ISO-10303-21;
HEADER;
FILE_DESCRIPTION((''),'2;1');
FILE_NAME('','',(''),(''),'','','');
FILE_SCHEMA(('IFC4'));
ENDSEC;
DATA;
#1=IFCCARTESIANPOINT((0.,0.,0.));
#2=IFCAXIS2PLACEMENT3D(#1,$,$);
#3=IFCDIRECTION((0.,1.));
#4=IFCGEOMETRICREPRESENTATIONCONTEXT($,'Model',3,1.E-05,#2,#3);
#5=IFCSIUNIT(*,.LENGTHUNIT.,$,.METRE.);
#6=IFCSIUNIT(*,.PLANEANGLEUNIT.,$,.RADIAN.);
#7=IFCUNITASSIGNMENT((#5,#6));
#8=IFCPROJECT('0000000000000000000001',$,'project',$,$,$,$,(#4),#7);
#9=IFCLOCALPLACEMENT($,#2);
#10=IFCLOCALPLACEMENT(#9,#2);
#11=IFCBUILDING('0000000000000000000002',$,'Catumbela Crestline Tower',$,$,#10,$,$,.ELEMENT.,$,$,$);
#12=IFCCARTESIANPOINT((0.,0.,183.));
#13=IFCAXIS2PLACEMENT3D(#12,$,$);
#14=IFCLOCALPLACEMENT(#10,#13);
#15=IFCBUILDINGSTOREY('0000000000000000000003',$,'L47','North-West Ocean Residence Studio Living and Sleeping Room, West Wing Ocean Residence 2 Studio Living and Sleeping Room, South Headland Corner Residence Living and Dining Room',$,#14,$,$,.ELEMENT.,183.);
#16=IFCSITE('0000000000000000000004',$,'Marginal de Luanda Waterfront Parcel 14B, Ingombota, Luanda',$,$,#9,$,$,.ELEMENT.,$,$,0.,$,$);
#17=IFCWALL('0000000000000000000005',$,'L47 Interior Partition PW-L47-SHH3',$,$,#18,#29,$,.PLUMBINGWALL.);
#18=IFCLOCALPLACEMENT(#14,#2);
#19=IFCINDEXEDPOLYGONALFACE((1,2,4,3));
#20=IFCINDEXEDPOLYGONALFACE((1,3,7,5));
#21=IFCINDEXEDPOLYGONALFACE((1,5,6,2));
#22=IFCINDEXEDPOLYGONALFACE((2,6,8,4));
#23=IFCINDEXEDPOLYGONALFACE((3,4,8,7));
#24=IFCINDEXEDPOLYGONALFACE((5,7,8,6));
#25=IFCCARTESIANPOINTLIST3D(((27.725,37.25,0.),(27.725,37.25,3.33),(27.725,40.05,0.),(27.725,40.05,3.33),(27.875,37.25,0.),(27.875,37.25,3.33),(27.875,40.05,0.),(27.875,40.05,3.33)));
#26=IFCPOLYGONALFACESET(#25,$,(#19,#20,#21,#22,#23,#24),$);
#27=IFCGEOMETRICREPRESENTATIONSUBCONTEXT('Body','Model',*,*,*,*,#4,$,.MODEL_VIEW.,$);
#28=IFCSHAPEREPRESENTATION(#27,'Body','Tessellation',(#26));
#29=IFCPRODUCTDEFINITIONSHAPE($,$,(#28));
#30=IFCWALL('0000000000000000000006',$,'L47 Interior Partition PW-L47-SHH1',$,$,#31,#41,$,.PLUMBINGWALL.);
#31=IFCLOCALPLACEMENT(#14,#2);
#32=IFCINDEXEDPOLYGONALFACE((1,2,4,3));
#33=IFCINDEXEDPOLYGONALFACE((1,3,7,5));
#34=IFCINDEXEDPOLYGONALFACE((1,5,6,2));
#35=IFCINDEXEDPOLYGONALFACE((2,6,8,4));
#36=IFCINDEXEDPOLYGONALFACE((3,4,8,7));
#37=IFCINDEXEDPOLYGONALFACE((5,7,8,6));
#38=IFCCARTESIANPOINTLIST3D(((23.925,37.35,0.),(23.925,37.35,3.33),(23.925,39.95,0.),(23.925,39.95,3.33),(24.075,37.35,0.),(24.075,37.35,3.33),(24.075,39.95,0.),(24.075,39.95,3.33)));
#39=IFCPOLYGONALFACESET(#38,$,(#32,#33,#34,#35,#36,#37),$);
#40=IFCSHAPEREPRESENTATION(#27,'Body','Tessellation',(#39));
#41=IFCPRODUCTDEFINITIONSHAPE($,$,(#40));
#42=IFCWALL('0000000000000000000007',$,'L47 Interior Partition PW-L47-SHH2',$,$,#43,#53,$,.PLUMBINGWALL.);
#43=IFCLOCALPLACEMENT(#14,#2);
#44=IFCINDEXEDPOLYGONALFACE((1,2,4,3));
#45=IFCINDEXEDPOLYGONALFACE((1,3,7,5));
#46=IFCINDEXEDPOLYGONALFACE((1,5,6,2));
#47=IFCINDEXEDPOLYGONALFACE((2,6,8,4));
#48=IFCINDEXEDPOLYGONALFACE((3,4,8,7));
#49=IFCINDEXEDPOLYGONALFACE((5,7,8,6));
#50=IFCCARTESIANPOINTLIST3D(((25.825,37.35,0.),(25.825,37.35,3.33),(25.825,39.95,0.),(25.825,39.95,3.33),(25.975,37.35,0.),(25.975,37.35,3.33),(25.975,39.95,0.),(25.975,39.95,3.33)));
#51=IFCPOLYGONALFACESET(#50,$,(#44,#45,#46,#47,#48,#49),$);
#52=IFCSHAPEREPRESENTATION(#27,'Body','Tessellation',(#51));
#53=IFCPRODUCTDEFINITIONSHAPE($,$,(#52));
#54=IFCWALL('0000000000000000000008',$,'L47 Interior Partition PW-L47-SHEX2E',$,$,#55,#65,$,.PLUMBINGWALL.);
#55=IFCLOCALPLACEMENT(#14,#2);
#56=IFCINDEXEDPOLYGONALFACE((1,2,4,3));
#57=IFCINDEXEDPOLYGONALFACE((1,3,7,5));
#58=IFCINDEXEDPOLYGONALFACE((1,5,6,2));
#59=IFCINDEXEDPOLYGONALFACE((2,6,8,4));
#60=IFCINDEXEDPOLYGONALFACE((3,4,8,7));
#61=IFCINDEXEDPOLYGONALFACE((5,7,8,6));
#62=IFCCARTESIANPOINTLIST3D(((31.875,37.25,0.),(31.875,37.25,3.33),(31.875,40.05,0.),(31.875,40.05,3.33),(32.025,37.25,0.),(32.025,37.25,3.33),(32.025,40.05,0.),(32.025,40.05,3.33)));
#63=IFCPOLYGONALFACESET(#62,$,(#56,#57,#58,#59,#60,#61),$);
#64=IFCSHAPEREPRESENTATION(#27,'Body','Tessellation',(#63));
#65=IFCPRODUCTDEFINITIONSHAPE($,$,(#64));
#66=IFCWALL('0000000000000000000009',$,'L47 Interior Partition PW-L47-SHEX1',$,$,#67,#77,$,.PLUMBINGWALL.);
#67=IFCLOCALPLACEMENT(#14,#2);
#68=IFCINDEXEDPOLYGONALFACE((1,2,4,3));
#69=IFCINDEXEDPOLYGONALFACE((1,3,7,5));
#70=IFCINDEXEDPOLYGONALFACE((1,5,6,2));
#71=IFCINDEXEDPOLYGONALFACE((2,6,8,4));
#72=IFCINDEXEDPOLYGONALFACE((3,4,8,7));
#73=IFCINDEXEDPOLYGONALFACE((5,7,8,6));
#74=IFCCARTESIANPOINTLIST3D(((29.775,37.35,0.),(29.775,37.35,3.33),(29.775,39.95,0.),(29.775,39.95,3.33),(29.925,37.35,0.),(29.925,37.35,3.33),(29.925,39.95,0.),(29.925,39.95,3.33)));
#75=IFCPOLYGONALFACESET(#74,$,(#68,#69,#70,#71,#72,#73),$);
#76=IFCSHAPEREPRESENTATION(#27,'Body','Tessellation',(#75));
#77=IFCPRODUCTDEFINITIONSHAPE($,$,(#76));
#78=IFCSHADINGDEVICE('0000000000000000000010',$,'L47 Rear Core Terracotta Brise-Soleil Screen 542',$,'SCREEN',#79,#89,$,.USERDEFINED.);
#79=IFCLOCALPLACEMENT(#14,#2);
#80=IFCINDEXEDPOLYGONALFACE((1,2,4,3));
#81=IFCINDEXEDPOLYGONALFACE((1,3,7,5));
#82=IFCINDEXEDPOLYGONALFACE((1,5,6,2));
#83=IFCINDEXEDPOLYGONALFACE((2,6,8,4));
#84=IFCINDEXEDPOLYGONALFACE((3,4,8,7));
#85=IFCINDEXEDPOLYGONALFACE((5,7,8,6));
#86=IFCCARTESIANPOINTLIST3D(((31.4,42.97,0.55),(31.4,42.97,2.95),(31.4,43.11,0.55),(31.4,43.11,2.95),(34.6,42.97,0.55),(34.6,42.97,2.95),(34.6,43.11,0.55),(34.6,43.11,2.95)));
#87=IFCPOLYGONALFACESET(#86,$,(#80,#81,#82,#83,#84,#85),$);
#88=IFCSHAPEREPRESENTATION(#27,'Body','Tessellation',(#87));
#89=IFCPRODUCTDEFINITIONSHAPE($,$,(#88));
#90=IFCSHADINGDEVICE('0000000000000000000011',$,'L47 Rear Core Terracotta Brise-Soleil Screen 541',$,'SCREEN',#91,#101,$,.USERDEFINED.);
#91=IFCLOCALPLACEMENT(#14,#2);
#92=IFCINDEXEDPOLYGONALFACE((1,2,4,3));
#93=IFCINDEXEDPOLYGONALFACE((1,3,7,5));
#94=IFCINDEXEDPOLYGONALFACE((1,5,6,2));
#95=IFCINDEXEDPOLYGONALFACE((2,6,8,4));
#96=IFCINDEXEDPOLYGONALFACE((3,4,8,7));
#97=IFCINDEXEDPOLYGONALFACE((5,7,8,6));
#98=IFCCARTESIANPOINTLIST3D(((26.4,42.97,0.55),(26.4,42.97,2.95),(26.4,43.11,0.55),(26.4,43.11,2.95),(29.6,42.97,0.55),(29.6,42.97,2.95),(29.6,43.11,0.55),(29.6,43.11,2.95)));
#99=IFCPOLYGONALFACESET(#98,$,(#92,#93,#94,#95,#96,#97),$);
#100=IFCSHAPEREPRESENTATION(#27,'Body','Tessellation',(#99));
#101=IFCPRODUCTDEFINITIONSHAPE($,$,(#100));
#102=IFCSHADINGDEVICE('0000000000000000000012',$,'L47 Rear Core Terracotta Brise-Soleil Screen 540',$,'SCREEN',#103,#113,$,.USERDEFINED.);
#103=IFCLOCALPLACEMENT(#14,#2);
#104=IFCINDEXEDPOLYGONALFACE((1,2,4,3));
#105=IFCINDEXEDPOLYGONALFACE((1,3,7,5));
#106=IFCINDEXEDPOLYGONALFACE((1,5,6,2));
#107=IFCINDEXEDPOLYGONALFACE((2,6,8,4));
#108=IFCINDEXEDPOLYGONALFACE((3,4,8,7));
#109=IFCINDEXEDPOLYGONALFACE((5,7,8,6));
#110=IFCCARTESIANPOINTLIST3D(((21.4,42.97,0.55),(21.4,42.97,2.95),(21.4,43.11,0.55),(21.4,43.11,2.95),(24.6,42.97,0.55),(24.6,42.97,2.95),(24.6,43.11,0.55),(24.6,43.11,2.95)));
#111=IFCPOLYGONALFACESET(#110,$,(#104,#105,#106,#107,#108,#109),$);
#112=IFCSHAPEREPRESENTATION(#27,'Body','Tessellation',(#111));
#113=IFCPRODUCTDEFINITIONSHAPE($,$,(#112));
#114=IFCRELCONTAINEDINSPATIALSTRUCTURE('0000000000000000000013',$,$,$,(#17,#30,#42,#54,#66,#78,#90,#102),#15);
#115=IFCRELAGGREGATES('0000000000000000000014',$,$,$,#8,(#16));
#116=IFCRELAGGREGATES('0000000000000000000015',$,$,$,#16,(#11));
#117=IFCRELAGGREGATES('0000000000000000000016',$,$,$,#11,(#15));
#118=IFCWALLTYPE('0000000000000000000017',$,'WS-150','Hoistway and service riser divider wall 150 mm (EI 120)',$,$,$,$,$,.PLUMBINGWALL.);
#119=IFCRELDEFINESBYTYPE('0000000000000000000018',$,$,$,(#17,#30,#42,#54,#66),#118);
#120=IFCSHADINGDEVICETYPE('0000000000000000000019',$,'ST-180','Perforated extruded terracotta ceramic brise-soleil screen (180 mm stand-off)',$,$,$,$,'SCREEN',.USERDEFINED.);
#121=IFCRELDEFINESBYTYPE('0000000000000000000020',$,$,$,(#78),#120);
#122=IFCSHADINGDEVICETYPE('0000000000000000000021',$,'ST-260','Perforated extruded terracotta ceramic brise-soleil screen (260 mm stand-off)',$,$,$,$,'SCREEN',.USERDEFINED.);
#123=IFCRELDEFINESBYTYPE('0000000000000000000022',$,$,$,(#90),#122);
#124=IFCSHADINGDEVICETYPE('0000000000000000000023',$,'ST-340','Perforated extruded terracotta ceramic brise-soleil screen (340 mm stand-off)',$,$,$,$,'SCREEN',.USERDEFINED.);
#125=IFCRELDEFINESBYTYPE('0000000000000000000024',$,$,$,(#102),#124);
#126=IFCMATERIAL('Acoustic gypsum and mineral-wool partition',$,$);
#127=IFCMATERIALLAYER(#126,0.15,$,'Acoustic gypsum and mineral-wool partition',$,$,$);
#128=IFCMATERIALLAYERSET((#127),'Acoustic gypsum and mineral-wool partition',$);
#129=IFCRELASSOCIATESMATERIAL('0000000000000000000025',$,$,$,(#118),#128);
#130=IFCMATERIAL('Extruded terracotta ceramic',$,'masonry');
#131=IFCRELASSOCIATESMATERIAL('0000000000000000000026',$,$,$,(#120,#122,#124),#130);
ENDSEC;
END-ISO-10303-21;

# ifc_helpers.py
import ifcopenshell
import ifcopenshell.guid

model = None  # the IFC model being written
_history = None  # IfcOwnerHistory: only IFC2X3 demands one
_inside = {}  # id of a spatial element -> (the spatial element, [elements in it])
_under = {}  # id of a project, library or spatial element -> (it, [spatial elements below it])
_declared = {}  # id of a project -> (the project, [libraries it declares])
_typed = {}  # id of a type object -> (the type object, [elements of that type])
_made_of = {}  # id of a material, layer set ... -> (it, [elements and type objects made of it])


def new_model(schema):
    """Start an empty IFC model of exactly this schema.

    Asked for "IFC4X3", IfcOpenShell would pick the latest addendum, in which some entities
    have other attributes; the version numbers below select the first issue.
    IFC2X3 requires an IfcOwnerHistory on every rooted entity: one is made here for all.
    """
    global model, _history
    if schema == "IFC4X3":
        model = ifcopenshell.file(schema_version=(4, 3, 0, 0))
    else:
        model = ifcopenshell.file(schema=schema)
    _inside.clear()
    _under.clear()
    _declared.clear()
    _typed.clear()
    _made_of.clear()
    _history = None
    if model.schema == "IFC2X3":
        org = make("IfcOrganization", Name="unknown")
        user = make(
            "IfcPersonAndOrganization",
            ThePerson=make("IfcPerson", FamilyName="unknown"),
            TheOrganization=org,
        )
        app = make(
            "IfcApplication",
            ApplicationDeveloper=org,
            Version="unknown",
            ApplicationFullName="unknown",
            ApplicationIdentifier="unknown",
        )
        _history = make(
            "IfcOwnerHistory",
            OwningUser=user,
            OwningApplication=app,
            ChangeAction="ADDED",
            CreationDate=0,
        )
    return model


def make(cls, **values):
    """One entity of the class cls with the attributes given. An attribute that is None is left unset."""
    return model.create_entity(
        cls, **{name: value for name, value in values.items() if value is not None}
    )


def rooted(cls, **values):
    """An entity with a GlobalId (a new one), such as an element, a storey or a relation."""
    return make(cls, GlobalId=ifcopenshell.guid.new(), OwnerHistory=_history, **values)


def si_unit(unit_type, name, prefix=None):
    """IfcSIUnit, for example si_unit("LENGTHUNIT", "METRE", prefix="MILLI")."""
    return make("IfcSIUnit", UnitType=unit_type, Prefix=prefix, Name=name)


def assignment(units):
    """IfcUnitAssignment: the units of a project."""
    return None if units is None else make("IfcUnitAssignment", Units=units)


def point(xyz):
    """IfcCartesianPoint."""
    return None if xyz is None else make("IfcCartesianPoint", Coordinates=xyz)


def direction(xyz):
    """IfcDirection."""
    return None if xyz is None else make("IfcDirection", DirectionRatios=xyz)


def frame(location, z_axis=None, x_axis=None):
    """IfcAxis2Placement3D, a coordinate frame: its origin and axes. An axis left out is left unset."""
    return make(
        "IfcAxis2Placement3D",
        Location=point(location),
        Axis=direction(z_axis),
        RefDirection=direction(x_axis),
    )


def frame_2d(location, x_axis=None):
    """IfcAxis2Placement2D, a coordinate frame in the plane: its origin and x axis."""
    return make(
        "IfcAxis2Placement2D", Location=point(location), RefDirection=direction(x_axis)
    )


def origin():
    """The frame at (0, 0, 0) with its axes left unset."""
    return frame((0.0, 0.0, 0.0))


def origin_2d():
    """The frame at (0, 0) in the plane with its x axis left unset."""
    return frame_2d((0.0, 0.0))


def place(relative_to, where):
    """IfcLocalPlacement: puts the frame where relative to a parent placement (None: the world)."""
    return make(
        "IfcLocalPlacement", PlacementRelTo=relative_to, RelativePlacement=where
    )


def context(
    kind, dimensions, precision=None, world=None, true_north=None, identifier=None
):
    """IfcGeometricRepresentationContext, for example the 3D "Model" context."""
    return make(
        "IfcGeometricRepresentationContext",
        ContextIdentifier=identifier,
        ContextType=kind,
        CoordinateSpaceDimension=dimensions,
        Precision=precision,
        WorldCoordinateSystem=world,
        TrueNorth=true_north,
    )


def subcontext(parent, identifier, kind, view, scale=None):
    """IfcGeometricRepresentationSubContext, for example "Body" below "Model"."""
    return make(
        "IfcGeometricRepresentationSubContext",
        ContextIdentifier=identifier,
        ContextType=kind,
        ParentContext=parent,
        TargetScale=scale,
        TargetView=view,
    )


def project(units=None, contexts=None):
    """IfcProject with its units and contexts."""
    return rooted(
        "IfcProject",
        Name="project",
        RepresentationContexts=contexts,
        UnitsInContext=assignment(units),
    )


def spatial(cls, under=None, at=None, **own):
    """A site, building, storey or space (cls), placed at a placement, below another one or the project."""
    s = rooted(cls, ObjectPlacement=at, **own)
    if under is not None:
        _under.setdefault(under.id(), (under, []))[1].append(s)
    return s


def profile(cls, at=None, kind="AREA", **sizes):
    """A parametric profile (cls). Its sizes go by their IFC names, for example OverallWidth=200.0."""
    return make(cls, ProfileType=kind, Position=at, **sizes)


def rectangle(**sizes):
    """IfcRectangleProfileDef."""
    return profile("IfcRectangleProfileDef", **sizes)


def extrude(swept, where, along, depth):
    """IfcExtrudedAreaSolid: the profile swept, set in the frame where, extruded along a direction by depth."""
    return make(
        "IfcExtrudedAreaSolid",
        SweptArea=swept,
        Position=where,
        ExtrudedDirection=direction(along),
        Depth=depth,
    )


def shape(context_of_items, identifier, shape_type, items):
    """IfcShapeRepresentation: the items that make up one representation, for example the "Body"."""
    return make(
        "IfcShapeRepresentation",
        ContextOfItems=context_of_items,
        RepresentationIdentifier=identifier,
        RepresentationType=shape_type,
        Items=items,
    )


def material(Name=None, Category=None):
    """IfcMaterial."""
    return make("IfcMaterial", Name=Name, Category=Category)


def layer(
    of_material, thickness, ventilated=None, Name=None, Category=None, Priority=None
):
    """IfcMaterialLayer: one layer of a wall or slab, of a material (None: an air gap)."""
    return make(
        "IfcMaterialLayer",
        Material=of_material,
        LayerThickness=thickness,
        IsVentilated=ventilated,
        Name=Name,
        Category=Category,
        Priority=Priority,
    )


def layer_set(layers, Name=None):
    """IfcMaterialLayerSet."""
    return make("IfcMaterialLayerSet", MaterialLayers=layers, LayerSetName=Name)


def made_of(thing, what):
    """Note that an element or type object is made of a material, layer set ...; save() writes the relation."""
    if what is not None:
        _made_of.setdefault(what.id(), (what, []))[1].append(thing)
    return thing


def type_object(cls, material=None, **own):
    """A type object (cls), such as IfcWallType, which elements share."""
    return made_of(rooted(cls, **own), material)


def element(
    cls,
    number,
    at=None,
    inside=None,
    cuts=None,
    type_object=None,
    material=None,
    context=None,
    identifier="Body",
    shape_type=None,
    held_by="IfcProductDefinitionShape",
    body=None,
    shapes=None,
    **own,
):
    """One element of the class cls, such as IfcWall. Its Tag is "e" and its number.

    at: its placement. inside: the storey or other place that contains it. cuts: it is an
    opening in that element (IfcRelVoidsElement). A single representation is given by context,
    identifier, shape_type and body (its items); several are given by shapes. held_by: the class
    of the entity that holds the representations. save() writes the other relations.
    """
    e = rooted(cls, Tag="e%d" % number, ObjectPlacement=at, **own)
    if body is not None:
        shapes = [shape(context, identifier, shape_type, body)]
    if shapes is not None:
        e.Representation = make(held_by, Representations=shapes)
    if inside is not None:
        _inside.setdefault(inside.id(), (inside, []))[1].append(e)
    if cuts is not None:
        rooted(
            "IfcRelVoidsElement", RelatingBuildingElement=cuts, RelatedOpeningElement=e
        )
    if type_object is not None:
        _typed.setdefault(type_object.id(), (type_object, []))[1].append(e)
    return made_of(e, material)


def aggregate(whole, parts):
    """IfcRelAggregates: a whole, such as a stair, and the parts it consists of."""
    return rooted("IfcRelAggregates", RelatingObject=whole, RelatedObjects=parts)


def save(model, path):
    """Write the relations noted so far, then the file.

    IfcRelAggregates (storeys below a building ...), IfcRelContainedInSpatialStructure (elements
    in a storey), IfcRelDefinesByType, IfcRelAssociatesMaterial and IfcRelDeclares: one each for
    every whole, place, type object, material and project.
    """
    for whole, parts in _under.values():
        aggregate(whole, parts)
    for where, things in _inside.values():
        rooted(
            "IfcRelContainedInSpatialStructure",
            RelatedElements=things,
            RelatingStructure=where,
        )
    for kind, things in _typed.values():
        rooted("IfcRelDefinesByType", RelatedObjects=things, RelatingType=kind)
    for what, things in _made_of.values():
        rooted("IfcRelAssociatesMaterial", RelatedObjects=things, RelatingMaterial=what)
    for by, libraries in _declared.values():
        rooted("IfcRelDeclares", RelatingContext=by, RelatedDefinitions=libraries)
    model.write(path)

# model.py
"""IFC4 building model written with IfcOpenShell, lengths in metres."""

from ifc_helpers import new_model, si_unit, direction, frame, frame_2d, origin, origin_2d, place, context, subcontext, project, spatial, rectangle, extrude, material, layer, layer_set, type_object, element, save


model = new_model("IFC4")

# Units and contexts
model_context = context("Model", 3, precision=1e-05, world=origin(), true_north=direction((0.0, 1.0)))
body_context = subcontext(model_context, "Body", "Model", "MODEL_VIEW")
ifc_project = project(units=[si_unit("LENGTHUNIT", "METRE"), si_unit("PLANEANGLEUNIT", "RADIAN")], contexts=[model_context])

# Site, building, storey
site_placement = place(None, origin())
site = spatial("IfcSite", under=ifc_project, at=site_placement, Name="Marginal de Luanda Waterfront Parcel 14B, Ingombota, Luanda", CompositionType="ELEMENT", RefElevation=0.0)
building_placement = place(site_placement, origin())
building = spatial("IfcBuilding", under=site, at=building_placement, Name="Catumbela Crestline Tower", CompositionType="ELEMENT")
storey_placement = place(building_placement, frame((0.0, 0.0, 183.0)))
storey = spatial("IfcBuildingStorey", under=building, at=storey_placement, Name="L47", Description="North-West Ocean Residence Studio Living and Sleeping Room, West Wing Ocean Residence 2 Studio Living and Sleeping Room, South Headland Corner Residence Living and Dining Room", CompositionType="ELEMENT", Elevation=183.0)

# Shared definitions
ifc_material_1 = material(Name="Acoustic gypsum and mineral-wool partition")

# Walls
ifc_layer_1 = layer(ifc_material_1, 0.15, Name="Acoustic gypsum and mineral-wool partition")
ifc_layer_set_1 = layer_set([ifc_layer_1], Name="Acoustic gypsum and mineral-wool partition")
wall_type_1 = type_object("IfcWallType", Name="WS-150", Description="Hoistway and service riser divider wall 150 mm (EI 120)", PredefinedType="PLUMBINGWALL", material=ifc_layer_set_1)
wall_1_placement = place(storey_placement, frame((27.8, 37.25, 0.0), z_axis=(0.0, 0.0, 1.0), x_axis=(0.0, 1.0, 0.0)))
element("IfcWall", 1, at=wall_1_placement, inside=storey, type_object=wall_type_1, Name="L47 Interior Partition PW-L47-SHH3", PredefinedType="PLUMBINGWALL", context=body_context, shape_type="SweptSolid", body=[
    extrude(rectangle(XDim=2.8, YDim=0.15, at=frame_2d((1.4, 0.0))), origin(), (0.0, 0.0, 1.0), 3.33),
])
for number, where, z_axis, x_axis, name in (
    (2, (24.0, 37.35, 0.0), (0.0, 0.0, 1.0), (0.0, 1.0, 0.0), "L47 Interior Partition PW-L47-SHH1"),
    (3, (25.9, 37.35, 0.0), (0.0, 0.0, 1.0), (0.0, 1.0, 0.0), "L47 Interior Partition PW-L47-SHH2"),
):
    element("IfcWall", number, at=place(storey_placement, frame(where, z_axis=z_axis, x_axis=x_axis)), inside=storey, type_object=wall_type_1, Name=name, PredefinedType="PLUMBINGWALL", context=body_context, shape_type="SweptSolid", body=[
        extrude(rectangle(XDim=2.6, YDim=0.15, at=frame_2d((1.3, 0.0))), origin(), (0.0, 0.0, 1.0), 3.33),
    ])
wall_2_placement = place(storey_placement, frame((31.95, 37.25, 0.0), z_axis=(0.0, 0.0, 1.0), x_axis=(0.0, 1.0, 0.0)))
element("IfcWall", 4, at=wall_2_placement, inside=storey, type_object=wall_type_1, Name="L47 Interior Partition PW-L47-SHEX2E", PredefinedType="PLUMBINGWALL", context=body_context, shape_type="SweptSolid", body=[
    extrude(rectangle(XDim=2.8, YDim=0.15, at=frame_2d((1.4, 0.0))), origin(), (0.0, 0.0, 1.0), 3.33),
])
wall_3_placement = place(storey_placement, frame((29.85, 37.35, 0.0), z_axis=(0.0, 0.0, 1.0), x_axis=(0.0, 1.0, 0.0)))
element("IfcWall", 5, at=wall_3_placement, inside=storey, type_object=wall_type_1, Name="L47 Interior Partition PW-L47-SHEX1", PredefinedType="PLUMBINGWALL", context=body_context, shape_type="SweptSolid", body=[
    extrude(rectangle(XDim=2.6, YDim=0.15, at=frame_2d((1.3, 0.0))), origin(), (0.0, 0.0, 1.0), 3.33),
])

# Shading devices
ifc_material_2 = material(Name="Extruded terracotta ceramic", Category="masonry")
shading_device_type_1 = type_object("IfcShadingDeviceType", Name="ST-180", Description="Perforated extruded terracotta ceramic brise-soleil screen (180 mm stand-off)", ElementType="SCREEN", PredefinedType="USERDEFINED", material=ifc_material_2)
shading_device_1_placement = place(storey_placement, frame((33.0, 43.04, 0.55), z_axis=(0.0, 0.0, 1.0), x_axis=(1.0, 0.0, 0.0)))
element("IfcShadingDevice", 6, at=shading_device_1_placement, inside=storey, type_object=shading_device_type_1, Name="L47 Rear Core Terracotta Brise-Soleil Screen 542", ObjectType="SCREEN", PredefinedType="USERDEFINED", context=body_context, shape_type="SweptSolid", body=[
    extrude(rectangle(XDim=3.2, YDim=0.14, at=origin_2d()), origin(), (0.0, 0.0, 1.0), 2.4),
])
shading_device_type_2 = type_object("IfcShadingDeviceType", Name="ST-260", Description="Perforated extruded terracotta ceramic brise-soleil screen (260 mm stand-off)", ElementType="SCREEN", PredefinedType="USERDEFINED", material=ifc_material_2)
shading_device_2_placement = place(storey_placement, frame((28.0, 43.04, 0.55), z_axis=(0.0, 0.0, 1.0), x_axis=(1.0, 0.0, 0.0)))
element("IfcShadingDevice", 7, at=shading_device_2_placement, inside=storey, type_object=shading_device_type_2, Name="L47 Rear Core Terracotta Brise-Soleil Screen 541", ObjectType="SCREEN", PredefinedType="USERDEFINED", context=body_context, shape_type="SweptSolid", body=[
    extrude(rectangle(XDim=3.2, YDim=0.14, at=origin_2d()), origin(), (0.0, 0.0, 1.0), 2.4),
])
shading_device_type_3 = type_object("IfcShadingDeviceType", Name="ST-340", Description="Perforated extruded terracotta ceramic brise-soleil screen (340 mm stand-off)", ElementType="SCREEN", PredefinedType="USERDEFINED", material=ifc_material_2)
shading_device_3_placement = place(storey_placement, frame((23.0, 43.04, 0.55), z_axis=(0.0, 0.0, 1.0), x_axis=(1.0, 0.0, 0.0)))
element("IfcShadingDevice", 8, at=shading_device_3_placement, inside=storey, type_object=shading_device_type_3, Name="L47 Rear Core Terracotta Brise-Soleil Screen 540", ObjectType="SCREEN", PredefinedType="USERDEFINED", context=body_context, shape_type="SweptSolid", body=[
    extrude(rectangle(XDim=3.2, YDim=0.14, at=origin_2d()), origin(), (0.0, 0.0, 1.0), 2.4),
])

save(model, "model.ifc")
